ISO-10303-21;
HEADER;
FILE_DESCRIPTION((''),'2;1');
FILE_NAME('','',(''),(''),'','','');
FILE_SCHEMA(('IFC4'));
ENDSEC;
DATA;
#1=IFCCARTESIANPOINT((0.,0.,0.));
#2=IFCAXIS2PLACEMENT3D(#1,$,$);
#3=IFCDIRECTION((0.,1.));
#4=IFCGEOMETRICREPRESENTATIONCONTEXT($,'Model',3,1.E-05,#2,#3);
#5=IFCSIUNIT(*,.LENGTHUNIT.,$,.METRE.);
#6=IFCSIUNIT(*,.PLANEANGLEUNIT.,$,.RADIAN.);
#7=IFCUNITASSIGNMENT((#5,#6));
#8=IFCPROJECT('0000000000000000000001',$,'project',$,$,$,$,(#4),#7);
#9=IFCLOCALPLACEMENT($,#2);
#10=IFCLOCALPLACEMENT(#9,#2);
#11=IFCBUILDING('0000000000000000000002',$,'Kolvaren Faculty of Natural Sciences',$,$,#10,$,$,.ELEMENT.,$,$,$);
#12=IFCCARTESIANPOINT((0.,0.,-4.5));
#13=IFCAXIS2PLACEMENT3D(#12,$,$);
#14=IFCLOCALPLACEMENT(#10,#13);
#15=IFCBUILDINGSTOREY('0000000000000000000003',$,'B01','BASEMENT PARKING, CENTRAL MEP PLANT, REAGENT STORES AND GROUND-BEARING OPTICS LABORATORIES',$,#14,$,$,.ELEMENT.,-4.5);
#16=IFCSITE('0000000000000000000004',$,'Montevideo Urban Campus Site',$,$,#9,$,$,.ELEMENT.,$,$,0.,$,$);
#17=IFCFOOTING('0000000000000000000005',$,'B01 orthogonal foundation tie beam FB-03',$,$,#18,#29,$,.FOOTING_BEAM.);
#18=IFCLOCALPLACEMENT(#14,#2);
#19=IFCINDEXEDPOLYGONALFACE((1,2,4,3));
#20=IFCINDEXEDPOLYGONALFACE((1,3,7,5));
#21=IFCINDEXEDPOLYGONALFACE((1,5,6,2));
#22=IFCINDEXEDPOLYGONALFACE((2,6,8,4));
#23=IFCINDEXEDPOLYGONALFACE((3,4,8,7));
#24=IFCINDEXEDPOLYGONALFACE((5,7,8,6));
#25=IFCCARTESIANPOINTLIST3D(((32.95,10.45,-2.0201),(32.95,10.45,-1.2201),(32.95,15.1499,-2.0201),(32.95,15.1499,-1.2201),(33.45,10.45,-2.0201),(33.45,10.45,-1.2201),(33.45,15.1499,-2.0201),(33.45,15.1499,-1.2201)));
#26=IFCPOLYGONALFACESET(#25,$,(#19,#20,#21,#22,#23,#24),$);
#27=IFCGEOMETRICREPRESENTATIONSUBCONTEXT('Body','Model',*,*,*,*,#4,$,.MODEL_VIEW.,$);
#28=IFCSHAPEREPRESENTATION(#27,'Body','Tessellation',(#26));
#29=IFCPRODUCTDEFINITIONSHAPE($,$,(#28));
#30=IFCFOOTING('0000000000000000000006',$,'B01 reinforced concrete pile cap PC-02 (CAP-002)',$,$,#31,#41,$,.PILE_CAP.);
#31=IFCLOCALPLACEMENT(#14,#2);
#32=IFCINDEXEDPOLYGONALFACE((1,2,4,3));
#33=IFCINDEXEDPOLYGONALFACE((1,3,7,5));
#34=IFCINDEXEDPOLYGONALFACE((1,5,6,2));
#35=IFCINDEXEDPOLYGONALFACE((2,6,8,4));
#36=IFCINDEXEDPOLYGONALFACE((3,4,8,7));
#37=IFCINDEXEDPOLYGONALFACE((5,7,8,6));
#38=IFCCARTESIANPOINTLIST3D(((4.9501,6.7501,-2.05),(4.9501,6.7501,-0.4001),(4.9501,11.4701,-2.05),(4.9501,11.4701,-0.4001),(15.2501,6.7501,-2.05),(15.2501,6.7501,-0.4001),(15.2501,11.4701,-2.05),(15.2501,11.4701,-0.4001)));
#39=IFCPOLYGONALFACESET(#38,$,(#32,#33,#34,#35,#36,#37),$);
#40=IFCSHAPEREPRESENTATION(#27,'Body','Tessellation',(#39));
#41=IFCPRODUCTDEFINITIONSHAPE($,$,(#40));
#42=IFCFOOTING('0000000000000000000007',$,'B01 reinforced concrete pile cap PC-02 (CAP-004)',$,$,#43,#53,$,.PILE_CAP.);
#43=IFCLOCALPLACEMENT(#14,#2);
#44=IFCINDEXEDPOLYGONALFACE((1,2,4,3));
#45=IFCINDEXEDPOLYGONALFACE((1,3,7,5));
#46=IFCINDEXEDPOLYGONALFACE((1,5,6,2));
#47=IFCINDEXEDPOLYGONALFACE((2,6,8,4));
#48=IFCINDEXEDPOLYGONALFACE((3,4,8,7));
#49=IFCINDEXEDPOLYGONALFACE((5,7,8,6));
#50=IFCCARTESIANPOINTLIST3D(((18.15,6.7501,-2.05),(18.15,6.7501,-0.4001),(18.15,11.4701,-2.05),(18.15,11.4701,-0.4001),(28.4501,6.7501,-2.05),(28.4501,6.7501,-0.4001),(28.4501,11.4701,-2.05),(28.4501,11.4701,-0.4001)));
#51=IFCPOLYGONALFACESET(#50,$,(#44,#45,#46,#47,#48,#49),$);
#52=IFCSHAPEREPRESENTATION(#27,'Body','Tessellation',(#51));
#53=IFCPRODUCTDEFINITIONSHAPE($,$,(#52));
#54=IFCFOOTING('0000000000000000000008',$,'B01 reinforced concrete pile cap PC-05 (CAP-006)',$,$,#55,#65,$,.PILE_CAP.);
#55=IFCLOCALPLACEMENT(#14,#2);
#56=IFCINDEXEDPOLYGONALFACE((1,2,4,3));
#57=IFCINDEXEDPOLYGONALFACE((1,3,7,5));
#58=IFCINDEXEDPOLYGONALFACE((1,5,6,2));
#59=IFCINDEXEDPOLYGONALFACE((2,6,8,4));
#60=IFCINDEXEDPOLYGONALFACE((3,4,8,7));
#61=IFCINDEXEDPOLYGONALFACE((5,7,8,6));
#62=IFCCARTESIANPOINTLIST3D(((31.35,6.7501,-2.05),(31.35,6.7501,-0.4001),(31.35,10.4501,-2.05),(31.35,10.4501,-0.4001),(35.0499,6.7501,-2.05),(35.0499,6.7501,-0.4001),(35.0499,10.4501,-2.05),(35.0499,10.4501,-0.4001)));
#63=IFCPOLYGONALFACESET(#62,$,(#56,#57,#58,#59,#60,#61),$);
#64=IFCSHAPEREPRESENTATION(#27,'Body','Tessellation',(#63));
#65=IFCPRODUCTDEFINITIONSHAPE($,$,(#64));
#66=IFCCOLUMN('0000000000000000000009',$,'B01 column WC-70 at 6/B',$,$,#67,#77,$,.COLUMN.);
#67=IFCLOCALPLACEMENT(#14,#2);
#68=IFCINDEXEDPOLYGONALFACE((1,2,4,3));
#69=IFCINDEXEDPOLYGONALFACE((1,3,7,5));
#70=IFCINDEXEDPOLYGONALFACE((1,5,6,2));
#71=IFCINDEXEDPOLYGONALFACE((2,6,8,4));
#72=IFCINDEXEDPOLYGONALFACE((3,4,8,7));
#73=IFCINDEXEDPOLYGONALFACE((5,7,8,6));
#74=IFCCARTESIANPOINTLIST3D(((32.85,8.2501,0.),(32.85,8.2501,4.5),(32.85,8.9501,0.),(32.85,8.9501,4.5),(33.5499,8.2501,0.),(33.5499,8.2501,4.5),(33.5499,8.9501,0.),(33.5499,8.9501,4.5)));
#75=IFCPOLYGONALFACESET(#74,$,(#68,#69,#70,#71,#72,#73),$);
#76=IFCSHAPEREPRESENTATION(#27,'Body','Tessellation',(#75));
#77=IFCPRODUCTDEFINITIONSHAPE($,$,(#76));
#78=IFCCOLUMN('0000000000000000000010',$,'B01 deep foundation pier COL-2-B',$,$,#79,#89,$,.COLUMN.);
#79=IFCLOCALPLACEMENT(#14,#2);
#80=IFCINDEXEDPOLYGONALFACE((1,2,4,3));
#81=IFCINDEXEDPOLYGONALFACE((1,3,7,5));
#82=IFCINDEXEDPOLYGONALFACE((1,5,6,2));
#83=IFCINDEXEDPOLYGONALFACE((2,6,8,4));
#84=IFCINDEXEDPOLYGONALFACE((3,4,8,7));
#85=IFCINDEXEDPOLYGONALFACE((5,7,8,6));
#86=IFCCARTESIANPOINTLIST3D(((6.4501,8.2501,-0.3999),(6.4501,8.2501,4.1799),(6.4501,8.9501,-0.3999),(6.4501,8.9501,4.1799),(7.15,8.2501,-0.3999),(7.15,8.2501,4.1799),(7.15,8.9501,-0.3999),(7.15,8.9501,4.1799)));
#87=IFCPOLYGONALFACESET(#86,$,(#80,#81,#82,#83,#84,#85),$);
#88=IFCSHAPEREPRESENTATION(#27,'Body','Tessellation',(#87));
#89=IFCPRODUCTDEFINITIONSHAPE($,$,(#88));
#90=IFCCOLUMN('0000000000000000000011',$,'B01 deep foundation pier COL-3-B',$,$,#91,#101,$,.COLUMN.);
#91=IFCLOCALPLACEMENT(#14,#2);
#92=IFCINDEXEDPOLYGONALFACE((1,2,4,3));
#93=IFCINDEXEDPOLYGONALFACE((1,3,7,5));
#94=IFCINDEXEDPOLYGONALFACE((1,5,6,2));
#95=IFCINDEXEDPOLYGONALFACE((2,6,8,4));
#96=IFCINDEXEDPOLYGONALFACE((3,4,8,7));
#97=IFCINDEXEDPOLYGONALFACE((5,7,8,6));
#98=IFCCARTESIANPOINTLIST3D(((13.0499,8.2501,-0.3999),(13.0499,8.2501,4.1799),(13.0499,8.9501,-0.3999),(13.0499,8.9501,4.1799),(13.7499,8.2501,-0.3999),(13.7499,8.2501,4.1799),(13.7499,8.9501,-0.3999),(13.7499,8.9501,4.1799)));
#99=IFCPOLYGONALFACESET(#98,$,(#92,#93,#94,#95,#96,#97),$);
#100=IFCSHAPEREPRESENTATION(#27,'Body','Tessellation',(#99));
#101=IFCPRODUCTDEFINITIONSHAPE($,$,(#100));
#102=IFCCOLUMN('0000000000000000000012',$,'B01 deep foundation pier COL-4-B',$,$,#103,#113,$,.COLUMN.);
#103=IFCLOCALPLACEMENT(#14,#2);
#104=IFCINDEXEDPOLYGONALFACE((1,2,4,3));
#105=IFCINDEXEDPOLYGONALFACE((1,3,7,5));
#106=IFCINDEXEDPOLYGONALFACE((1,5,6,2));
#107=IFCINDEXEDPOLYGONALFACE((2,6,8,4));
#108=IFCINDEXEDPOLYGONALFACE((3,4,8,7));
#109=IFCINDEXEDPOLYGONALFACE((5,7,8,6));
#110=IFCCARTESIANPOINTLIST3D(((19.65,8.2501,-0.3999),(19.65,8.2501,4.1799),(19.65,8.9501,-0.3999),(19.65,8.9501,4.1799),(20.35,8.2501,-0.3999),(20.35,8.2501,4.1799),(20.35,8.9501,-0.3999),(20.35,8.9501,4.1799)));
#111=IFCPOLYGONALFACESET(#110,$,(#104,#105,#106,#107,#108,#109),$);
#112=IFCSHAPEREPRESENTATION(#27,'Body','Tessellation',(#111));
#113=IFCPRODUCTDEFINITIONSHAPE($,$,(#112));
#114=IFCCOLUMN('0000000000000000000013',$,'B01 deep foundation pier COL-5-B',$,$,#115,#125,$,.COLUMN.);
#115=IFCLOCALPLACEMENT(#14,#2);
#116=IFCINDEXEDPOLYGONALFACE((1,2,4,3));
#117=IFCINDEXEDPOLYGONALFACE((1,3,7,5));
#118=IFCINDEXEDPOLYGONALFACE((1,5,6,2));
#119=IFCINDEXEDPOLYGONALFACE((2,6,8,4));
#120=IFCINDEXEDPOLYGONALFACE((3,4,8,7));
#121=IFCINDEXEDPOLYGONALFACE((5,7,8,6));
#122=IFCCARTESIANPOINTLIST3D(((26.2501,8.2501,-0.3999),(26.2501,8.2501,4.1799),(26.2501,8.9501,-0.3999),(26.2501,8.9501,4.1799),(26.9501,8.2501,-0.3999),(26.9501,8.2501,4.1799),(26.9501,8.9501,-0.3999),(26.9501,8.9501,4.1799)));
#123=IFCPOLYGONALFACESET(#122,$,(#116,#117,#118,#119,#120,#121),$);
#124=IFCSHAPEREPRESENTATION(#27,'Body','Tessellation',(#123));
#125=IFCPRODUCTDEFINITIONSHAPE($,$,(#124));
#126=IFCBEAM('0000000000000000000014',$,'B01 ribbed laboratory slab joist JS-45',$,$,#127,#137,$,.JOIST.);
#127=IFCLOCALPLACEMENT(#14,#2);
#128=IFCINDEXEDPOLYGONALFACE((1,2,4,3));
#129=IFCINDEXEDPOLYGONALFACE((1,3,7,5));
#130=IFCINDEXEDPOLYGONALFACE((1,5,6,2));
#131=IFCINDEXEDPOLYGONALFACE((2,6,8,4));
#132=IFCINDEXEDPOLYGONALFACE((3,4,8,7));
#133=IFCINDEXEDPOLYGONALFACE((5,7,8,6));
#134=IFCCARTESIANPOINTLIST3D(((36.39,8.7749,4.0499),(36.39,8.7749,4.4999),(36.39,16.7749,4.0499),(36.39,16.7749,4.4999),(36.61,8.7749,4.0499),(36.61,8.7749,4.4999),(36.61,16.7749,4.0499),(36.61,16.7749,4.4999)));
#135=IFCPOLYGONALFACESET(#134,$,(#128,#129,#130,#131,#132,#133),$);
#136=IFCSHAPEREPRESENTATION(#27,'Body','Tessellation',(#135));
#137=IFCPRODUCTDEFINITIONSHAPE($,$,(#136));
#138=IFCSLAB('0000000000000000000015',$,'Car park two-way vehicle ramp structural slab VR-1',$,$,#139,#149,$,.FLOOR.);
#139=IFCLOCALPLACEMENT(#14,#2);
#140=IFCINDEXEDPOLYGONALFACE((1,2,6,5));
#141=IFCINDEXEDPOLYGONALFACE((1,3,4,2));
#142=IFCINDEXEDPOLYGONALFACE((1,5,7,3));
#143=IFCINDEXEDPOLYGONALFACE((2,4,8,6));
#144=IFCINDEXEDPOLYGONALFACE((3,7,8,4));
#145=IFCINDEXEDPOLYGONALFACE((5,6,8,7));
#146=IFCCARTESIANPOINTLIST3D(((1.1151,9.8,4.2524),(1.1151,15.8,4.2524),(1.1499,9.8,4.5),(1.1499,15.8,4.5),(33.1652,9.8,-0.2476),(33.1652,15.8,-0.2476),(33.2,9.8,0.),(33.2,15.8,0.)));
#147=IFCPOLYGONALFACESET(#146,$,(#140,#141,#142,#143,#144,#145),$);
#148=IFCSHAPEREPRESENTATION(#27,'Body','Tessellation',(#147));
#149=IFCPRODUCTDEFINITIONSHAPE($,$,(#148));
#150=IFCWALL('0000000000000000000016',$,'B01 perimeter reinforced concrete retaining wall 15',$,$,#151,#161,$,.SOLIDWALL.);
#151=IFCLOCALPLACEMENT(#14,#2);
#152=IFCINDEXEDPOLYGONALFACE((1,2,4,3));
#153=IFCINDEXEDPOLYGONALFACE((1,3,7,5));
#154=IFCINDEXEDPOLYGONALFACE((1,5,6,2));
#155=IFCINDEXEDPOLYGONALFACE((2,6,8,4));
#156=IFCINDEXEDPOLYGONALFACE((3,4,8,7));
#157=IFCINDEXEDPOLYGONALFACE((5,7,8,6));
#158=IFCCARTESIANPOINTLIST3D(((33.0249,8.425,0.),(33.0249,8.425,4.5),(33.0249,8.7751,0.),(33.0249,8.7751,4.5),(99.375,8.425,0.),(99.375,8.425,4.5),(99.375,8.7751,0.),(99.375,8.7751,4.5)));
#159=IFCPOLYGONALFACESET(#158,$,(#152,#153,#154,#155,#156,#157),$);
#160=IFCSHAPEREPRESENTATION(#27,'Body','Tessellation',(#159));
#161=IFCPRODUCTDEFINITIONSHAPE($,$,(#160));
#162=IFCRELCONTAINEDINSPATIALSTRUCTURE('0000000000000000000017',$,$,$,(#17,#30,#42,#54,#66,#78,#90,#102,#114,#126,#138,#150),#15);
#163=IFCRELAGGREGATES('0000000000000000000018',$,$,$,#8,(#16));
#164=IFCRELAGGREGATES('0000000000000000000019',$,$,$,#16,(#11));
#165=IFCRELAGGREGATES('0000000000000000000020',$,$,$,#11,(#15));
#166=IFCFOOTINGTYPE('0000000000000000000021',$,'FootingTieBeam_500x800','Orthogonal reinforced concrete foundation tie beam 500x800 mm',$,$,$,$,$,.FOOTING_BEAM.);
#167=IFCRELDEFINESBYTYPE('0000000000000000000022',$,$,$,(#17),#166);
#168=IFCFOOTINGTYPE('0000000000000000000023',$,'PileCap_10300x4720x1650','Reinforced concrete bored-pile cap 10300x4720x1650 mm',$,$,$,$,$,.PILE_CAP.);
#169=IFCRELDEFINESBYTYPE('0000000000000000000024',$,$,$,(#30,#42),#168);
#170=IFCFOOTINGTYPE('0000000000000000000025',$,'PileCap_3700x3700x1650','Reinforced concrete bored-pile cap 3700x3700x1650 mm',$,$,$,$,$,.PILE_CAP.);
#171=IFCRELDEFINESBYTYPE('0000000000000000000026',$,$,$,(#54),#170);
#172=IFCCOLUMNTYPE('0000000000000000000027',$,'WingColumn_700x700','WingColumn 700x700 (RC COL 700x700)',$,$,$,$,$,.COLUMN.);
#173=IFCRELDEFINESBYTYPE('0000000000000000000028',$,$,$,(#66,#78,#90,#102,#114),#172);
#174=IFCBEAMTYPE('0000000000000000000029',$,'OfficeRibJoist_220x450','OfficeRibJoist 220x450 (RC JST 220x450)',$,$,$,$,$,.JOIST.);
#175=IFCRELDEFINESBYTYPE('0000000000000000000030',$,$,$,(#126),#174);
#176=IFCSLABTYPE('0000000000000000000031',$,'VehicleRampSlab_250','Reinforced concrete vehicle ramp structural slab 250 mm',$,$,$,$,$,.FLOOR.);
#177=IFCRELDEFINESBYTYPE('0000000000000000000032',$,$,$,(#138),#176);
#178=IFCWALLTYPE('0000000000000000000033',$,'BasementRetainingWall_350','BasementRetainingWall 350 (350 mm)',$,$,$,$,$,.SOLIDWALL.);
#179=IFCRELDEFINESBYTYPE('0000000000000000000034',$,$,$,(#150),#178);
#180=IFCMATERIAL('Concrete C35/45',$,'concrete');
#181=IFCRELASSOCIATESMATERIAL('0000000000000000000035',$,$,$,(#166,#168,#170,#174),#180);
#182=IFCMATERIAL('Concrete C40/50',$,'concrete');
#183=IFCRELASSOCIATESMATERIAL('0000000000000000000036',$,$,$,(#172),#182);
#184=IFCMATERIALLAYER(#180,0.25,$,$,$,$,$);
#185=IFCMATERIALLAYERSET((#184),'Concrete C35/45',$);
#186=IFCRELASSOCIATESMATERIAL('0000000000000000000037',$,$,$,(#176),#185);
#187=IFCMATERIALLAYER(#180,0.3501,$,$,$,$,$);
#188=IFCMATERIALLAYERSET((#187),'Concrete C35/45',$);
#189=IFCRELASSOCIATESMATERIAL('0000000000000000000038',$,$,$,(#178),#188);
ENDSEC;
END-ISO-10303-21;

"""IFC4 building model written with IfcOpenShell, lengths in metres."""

from ifc_helpers import new_model, si_unit, direction, frame, frame_2d, origin, origin_2d, place, context, subcontext, project, spatial, polyline, rectangle, outline, extrude, material, layer, layer_set, material_profile, profile_set, type_object, element, save


model = new_model("IFC4")

# Units and contexts
model_context = context("Model", 3, precision=1e-05, world=origin(), true_north=direction((0.0, 1.0)))
body_context = subcontext(model_context, "Body", "Model", "MODEL_VIEW")
ifc_project = project(units=[si_unit("LENGTHUNIT", "METRE"), si_unit("PLANEANGLEUNIT", "RADIAN")], contexts=[model_context])

# Site, building, storey
site_placement = place(None, origin())
site = spatial("IfcSite", under=ifc_project, at=site_placement, Name="Montevideo Urban Campus Site", CompositionType="ELEMENT", RefElevation=0.0)
building_placement = place(site_placement, origin())
building = spatial("IfcBuilding", under=site, at=building_placement, Name="Kolvaren Faculty of Natural Sciences", CompositionType="ELEMENT")
storey_placement = place(building_placement, frame((0.0, 0.0, -4.5)))
storey = spatial("IfcBuildingStorey", under=building, at=storey_placement, Name="B01", Description="BASEMENT PARKING, CENTRAL MEP PLANT, REAGENT STORES AND GROUND-BEARING OPTICS LABORATORIES", CompositionType="ELEMENT", Elevation=-4.5)

# Shared definitions
ifc_material_1 = material(Name="Concrete C35/45", Category="concrete")

# Footings
ifc_material_profile_1 = material_profile(ifc_material_1, rectangle(XDim=0.5, YDim=0.8, at=origin_2d()), Name="RC FB 500x800")
ifc_profile_set_1 = profile_set([ifc_material_profile_1], Name="Concrete C35/45")
footing_type_1 = type_object("IfcFootingType", Name="FootingTieBeam_500x800", Description="Orthogonal reinforced concrete foundation tie beam 500x800 mm", PredefinedType="FOOTING_BEAM", material=ifc_profile_set_1)
footing_1_placement = place(storey_placement, frame((33.2, 10.45, -1.6201), z_axis=(0.0, 1.0, 0.0), x_axis=(-1.0, 0.0, 0.0)))
element("IfcFooting", 1, at=footing_1_placement, inside=storey, type_object=footing_type_1, Name="B01 orthogonal foundation tie beam FB-03", PredefinedType="FOOTING_BEAM", context=body_context, shape_type="SweptSolid", body=[
    extrude(rectangle(XDim=0.5, YDim=0.8, at=origin_2d()), origin(), (0.0, 0.0, 1.0), 4.7),
])
footing_type_2 = type_object("IfcFootingType", Name="PileCap_10300x4720x1650", Description="Reinforced concrete bored-pile cap 10300x4720x1650 mm", PredefinedType="PILE_CAP", material=ifc_material_1)
for number, where, z_axis, x_axis, name in (
    (2, (10.1001, 9.1101, -2.05), (0.0, 0.0, 1.0), (1.0, 0.0, 0.0), "B01 reinforced concrete pile cap PC-02 (CAP-002)"),
    (3, (23.3, 9.1101, -2.05), (0.0, 0.0, 1.0), (1.0, 0.0, 0.0), "B01 reinforced concrete pile cap PC-02 (CAP-004)"),
):
    element("IfcFooting", number, at=place(storey_placement, frame(where, z_axis=z_axis, x_axis=x_axis)), inside=storey, type_object=footing_type_2, Name=name, PredefinedType="PILE_CAP", context=body_context, shape_type="SweptSolid", body=[
        extrude(rectangle(XDim=10.3, YDim=4.72, at=origin_2d()), origin(), (0.0, 0.0, 1.0), 1.6499),
    ])
footing_type_3 = type_object("IfcFootingType", Name="PileCap_3700x3700x1650", Description="Reinforced concrete bored-pile cap 3700x3700x1650 mm", PredefinedType="PILE_CAP", material=ifc_material_1)
footing_2_placement = place(storey_placement, frame((33.2, 8.6001, -2.05), z_axis=(0.0, 0.0, 1.0), x_axis=(1.0, 0.0, 0.0)))
element("IfcFooting", 4, at=footing_2_placement, inside=storey, type_object=footing_type_3, Name="B01 reinforced concrete pile cap PC-05 (CAP-006)", PredefinedType="PILE_CAP", context=body_context, shape_type="SweptSolid", body=[
    extrude(rectangle(XDim=3.7, YDim=3.7, at=origin_2d()), origin(), (0.0, 0.0, 1.0), 1.6499),
])

# Columns
ifc_material_2 = material(Name="Concrete C40/50", Category="concrete")
ifc_material_profile_2 = material_profile(ifc_material_2, rectangle(XDim=0.7, YDim=0.7, at=origin_2d()), Name="RC COL 700x700")
ifc_profile_set_2 = profile_set([ifc_material_profile_2], Name="Concrete C40/50")
column_type = type_object("IfcColumnType", Name="WingColumn_700x700", Description="WingColumn 700x700 (RC COL 700x700)", PredefinedType="COLUMN", material=ifc_profile_set_2)
column_placement = place(storey_placement, frame((33.2, 8.6001, 0.0), z_axis=(0.0, 0.0, 1.0), x_axis=(1.0, 0.0, 0.0)))
element("IfcColumn", 5, at=column_placement, inside=storey, type_object=column_type, Name="B01 column WC-70 at 6/B", PredefinedType="COLUMN", context=body_context, shape_type="SweptSolid", body=[
    extrude(rectangle(XDim=0.7, YDim=0.7, at=origin_2d()), origin(), (0.0, 0.0, 1.0), 4.5),
])
for number, where, z_axis, x_axis, name in (
    (6, (6.8, 8.6001, -0.3999), (0.0, 0.0, 1.0), (1.0, 0.0, 0.0), "B01 deep foundation pier COL-2-B"),
    (7, (13.3999, 8.6001, -0.3999), (0.0, 0.0, 1.0), (1.0, 0.0, 0.0), "B01 deep foundation pier COL-3-B"),
    (8, (20.0, 8.6001, -0.3999), (0.0, 0.0, 1.0), (1.0, 0.0, 0.0), "B01 deep foundation pier COL-4-B"),
    (9, (26.6001, 8.6001, -0.3999), (0.0, 0.0, 1.0), (1.0, 0.0, 0.0), "B01 deep foundation pier COL-5-B"),
):
    element("IfcColumn", number, at=place(storey_placement, frame(where, z_axis=z_axis, x_axis=x_axis)), inside=storey, type_object=column_type, Name=name, PredefinedType="COLUMN", context=body_context, shape_type="SweptSolid", body=[
        extrude(rectangle(XDim=0.7, YDim=0.7, at=origin_2d()), origin(), (0.0, 0.0, 1.0), 4.5798),
    ])

# Beam
ifc_material_profile_3 = material_profile(ifc_material_1, rectangle(XDim=0.22, YDim=0.45, at=origin_2d()), Name="RC JST 220x450")
ifc_profile_set_3 = profile_set([ifc_material_profile_3], Name="Concrete C35/45")
beam_type = type_object("IfcBeamType", Name="OfficeRibJoist_220x450", Description="OfficeRibJoist 220x450 (RC JST 220x450)", PredefinedType="JOIST", material=ifc_profile_set_3)
beam_placement = place(storey_placement, frame((36.5, 8.7749, 4.2749), z_axis=(0.0, 1.0, 0.0), x_axis=(-1.0, 0.0, 0.0)))
element("IfcBeam", 10, at=beam_placement, inside=storey, type_object=beam_type, Name="B01 ribbed laboratory slab joist JS-45", PredefinedType="JOIST", context=body_context, shape_type="SweptSolid", body=[
    extrude(rectangle(XDim=0.22, YDim=0.45, at=origin_2d()), origin(), (0.0, 0.0, 1.0), 8.0),
])

# Slab
ifc_layer_1 = layer(ifc_material_1, 0.25)
ifc_layer_set_1 = layer_set([ifc_layer_1], Name="Concrete C35/45")
slab_type = type_object("IfcSlabType", Name="VehicleRampSlab_250", Description="Reinforced concrete vehicle ramp structural slab 250 mm", PredefinedType="FLOOR", material=ifc_layer_set_1)
slab_placement = place(storey_placement, frame((33.2, 9.8, 0.0), z_axis=(0.139042, 0.0, 0.990287), x_axis=(-0.990287, 0.0, 0.139042)))
element("IfcSlab", 11, at=slab_placement, inside=storey, type_object=slab_type, Name="Car park two-way vehicle ramp structural slab VR-1", PredefinedType="FLOOR", context=body_context, shape_type="SweptSolid", body=[
    extrude(outline(polyline([(0.0, 0.0), (32.3644, 0.0), (32.3644, -6.0), (0.0, -6.0), (0.0, 0.0)])), origin(), (0.0, 0.0, -1.0), 0.25),
])

# Wall
ifc_layer_2 = layer(ifc_material_1, 0.3501)
ifc_layer_set_2 = layer_set([ifc_layer_2], Name="Concrete C35/45")
wall_type = type_object("IfcWallType", Name="BasementRetainingWall_350", Description="BasementRetainingWall 350 (350 mm)", PredefinedType="SOLIDWALL", material=ifc_layer_set_2)
wall_placement = place(storey_placement, frame((33.0249, 8.6001, 0.0), z_axis=(0.0, 0.0, 1.0), x_axis=(1.0, 0.0, 0.0)))
element("IfcWall", 12, at=wall_placement, inside=storey, type_object=wall_type, Name="B01 perimeter reinforced concrete retaining wall 15", PredefinedType="SOLIDWALL", context=body_context, shape_type="SweptSolid", body=[
    extrude(rectangle(XDim=66.3501, YDim=0.3501, at=frame_2d((33.175, 0.0))), origin(), (0.0, 0.0, 1.0), 4.5),
])

save(model, "model.ifc")
